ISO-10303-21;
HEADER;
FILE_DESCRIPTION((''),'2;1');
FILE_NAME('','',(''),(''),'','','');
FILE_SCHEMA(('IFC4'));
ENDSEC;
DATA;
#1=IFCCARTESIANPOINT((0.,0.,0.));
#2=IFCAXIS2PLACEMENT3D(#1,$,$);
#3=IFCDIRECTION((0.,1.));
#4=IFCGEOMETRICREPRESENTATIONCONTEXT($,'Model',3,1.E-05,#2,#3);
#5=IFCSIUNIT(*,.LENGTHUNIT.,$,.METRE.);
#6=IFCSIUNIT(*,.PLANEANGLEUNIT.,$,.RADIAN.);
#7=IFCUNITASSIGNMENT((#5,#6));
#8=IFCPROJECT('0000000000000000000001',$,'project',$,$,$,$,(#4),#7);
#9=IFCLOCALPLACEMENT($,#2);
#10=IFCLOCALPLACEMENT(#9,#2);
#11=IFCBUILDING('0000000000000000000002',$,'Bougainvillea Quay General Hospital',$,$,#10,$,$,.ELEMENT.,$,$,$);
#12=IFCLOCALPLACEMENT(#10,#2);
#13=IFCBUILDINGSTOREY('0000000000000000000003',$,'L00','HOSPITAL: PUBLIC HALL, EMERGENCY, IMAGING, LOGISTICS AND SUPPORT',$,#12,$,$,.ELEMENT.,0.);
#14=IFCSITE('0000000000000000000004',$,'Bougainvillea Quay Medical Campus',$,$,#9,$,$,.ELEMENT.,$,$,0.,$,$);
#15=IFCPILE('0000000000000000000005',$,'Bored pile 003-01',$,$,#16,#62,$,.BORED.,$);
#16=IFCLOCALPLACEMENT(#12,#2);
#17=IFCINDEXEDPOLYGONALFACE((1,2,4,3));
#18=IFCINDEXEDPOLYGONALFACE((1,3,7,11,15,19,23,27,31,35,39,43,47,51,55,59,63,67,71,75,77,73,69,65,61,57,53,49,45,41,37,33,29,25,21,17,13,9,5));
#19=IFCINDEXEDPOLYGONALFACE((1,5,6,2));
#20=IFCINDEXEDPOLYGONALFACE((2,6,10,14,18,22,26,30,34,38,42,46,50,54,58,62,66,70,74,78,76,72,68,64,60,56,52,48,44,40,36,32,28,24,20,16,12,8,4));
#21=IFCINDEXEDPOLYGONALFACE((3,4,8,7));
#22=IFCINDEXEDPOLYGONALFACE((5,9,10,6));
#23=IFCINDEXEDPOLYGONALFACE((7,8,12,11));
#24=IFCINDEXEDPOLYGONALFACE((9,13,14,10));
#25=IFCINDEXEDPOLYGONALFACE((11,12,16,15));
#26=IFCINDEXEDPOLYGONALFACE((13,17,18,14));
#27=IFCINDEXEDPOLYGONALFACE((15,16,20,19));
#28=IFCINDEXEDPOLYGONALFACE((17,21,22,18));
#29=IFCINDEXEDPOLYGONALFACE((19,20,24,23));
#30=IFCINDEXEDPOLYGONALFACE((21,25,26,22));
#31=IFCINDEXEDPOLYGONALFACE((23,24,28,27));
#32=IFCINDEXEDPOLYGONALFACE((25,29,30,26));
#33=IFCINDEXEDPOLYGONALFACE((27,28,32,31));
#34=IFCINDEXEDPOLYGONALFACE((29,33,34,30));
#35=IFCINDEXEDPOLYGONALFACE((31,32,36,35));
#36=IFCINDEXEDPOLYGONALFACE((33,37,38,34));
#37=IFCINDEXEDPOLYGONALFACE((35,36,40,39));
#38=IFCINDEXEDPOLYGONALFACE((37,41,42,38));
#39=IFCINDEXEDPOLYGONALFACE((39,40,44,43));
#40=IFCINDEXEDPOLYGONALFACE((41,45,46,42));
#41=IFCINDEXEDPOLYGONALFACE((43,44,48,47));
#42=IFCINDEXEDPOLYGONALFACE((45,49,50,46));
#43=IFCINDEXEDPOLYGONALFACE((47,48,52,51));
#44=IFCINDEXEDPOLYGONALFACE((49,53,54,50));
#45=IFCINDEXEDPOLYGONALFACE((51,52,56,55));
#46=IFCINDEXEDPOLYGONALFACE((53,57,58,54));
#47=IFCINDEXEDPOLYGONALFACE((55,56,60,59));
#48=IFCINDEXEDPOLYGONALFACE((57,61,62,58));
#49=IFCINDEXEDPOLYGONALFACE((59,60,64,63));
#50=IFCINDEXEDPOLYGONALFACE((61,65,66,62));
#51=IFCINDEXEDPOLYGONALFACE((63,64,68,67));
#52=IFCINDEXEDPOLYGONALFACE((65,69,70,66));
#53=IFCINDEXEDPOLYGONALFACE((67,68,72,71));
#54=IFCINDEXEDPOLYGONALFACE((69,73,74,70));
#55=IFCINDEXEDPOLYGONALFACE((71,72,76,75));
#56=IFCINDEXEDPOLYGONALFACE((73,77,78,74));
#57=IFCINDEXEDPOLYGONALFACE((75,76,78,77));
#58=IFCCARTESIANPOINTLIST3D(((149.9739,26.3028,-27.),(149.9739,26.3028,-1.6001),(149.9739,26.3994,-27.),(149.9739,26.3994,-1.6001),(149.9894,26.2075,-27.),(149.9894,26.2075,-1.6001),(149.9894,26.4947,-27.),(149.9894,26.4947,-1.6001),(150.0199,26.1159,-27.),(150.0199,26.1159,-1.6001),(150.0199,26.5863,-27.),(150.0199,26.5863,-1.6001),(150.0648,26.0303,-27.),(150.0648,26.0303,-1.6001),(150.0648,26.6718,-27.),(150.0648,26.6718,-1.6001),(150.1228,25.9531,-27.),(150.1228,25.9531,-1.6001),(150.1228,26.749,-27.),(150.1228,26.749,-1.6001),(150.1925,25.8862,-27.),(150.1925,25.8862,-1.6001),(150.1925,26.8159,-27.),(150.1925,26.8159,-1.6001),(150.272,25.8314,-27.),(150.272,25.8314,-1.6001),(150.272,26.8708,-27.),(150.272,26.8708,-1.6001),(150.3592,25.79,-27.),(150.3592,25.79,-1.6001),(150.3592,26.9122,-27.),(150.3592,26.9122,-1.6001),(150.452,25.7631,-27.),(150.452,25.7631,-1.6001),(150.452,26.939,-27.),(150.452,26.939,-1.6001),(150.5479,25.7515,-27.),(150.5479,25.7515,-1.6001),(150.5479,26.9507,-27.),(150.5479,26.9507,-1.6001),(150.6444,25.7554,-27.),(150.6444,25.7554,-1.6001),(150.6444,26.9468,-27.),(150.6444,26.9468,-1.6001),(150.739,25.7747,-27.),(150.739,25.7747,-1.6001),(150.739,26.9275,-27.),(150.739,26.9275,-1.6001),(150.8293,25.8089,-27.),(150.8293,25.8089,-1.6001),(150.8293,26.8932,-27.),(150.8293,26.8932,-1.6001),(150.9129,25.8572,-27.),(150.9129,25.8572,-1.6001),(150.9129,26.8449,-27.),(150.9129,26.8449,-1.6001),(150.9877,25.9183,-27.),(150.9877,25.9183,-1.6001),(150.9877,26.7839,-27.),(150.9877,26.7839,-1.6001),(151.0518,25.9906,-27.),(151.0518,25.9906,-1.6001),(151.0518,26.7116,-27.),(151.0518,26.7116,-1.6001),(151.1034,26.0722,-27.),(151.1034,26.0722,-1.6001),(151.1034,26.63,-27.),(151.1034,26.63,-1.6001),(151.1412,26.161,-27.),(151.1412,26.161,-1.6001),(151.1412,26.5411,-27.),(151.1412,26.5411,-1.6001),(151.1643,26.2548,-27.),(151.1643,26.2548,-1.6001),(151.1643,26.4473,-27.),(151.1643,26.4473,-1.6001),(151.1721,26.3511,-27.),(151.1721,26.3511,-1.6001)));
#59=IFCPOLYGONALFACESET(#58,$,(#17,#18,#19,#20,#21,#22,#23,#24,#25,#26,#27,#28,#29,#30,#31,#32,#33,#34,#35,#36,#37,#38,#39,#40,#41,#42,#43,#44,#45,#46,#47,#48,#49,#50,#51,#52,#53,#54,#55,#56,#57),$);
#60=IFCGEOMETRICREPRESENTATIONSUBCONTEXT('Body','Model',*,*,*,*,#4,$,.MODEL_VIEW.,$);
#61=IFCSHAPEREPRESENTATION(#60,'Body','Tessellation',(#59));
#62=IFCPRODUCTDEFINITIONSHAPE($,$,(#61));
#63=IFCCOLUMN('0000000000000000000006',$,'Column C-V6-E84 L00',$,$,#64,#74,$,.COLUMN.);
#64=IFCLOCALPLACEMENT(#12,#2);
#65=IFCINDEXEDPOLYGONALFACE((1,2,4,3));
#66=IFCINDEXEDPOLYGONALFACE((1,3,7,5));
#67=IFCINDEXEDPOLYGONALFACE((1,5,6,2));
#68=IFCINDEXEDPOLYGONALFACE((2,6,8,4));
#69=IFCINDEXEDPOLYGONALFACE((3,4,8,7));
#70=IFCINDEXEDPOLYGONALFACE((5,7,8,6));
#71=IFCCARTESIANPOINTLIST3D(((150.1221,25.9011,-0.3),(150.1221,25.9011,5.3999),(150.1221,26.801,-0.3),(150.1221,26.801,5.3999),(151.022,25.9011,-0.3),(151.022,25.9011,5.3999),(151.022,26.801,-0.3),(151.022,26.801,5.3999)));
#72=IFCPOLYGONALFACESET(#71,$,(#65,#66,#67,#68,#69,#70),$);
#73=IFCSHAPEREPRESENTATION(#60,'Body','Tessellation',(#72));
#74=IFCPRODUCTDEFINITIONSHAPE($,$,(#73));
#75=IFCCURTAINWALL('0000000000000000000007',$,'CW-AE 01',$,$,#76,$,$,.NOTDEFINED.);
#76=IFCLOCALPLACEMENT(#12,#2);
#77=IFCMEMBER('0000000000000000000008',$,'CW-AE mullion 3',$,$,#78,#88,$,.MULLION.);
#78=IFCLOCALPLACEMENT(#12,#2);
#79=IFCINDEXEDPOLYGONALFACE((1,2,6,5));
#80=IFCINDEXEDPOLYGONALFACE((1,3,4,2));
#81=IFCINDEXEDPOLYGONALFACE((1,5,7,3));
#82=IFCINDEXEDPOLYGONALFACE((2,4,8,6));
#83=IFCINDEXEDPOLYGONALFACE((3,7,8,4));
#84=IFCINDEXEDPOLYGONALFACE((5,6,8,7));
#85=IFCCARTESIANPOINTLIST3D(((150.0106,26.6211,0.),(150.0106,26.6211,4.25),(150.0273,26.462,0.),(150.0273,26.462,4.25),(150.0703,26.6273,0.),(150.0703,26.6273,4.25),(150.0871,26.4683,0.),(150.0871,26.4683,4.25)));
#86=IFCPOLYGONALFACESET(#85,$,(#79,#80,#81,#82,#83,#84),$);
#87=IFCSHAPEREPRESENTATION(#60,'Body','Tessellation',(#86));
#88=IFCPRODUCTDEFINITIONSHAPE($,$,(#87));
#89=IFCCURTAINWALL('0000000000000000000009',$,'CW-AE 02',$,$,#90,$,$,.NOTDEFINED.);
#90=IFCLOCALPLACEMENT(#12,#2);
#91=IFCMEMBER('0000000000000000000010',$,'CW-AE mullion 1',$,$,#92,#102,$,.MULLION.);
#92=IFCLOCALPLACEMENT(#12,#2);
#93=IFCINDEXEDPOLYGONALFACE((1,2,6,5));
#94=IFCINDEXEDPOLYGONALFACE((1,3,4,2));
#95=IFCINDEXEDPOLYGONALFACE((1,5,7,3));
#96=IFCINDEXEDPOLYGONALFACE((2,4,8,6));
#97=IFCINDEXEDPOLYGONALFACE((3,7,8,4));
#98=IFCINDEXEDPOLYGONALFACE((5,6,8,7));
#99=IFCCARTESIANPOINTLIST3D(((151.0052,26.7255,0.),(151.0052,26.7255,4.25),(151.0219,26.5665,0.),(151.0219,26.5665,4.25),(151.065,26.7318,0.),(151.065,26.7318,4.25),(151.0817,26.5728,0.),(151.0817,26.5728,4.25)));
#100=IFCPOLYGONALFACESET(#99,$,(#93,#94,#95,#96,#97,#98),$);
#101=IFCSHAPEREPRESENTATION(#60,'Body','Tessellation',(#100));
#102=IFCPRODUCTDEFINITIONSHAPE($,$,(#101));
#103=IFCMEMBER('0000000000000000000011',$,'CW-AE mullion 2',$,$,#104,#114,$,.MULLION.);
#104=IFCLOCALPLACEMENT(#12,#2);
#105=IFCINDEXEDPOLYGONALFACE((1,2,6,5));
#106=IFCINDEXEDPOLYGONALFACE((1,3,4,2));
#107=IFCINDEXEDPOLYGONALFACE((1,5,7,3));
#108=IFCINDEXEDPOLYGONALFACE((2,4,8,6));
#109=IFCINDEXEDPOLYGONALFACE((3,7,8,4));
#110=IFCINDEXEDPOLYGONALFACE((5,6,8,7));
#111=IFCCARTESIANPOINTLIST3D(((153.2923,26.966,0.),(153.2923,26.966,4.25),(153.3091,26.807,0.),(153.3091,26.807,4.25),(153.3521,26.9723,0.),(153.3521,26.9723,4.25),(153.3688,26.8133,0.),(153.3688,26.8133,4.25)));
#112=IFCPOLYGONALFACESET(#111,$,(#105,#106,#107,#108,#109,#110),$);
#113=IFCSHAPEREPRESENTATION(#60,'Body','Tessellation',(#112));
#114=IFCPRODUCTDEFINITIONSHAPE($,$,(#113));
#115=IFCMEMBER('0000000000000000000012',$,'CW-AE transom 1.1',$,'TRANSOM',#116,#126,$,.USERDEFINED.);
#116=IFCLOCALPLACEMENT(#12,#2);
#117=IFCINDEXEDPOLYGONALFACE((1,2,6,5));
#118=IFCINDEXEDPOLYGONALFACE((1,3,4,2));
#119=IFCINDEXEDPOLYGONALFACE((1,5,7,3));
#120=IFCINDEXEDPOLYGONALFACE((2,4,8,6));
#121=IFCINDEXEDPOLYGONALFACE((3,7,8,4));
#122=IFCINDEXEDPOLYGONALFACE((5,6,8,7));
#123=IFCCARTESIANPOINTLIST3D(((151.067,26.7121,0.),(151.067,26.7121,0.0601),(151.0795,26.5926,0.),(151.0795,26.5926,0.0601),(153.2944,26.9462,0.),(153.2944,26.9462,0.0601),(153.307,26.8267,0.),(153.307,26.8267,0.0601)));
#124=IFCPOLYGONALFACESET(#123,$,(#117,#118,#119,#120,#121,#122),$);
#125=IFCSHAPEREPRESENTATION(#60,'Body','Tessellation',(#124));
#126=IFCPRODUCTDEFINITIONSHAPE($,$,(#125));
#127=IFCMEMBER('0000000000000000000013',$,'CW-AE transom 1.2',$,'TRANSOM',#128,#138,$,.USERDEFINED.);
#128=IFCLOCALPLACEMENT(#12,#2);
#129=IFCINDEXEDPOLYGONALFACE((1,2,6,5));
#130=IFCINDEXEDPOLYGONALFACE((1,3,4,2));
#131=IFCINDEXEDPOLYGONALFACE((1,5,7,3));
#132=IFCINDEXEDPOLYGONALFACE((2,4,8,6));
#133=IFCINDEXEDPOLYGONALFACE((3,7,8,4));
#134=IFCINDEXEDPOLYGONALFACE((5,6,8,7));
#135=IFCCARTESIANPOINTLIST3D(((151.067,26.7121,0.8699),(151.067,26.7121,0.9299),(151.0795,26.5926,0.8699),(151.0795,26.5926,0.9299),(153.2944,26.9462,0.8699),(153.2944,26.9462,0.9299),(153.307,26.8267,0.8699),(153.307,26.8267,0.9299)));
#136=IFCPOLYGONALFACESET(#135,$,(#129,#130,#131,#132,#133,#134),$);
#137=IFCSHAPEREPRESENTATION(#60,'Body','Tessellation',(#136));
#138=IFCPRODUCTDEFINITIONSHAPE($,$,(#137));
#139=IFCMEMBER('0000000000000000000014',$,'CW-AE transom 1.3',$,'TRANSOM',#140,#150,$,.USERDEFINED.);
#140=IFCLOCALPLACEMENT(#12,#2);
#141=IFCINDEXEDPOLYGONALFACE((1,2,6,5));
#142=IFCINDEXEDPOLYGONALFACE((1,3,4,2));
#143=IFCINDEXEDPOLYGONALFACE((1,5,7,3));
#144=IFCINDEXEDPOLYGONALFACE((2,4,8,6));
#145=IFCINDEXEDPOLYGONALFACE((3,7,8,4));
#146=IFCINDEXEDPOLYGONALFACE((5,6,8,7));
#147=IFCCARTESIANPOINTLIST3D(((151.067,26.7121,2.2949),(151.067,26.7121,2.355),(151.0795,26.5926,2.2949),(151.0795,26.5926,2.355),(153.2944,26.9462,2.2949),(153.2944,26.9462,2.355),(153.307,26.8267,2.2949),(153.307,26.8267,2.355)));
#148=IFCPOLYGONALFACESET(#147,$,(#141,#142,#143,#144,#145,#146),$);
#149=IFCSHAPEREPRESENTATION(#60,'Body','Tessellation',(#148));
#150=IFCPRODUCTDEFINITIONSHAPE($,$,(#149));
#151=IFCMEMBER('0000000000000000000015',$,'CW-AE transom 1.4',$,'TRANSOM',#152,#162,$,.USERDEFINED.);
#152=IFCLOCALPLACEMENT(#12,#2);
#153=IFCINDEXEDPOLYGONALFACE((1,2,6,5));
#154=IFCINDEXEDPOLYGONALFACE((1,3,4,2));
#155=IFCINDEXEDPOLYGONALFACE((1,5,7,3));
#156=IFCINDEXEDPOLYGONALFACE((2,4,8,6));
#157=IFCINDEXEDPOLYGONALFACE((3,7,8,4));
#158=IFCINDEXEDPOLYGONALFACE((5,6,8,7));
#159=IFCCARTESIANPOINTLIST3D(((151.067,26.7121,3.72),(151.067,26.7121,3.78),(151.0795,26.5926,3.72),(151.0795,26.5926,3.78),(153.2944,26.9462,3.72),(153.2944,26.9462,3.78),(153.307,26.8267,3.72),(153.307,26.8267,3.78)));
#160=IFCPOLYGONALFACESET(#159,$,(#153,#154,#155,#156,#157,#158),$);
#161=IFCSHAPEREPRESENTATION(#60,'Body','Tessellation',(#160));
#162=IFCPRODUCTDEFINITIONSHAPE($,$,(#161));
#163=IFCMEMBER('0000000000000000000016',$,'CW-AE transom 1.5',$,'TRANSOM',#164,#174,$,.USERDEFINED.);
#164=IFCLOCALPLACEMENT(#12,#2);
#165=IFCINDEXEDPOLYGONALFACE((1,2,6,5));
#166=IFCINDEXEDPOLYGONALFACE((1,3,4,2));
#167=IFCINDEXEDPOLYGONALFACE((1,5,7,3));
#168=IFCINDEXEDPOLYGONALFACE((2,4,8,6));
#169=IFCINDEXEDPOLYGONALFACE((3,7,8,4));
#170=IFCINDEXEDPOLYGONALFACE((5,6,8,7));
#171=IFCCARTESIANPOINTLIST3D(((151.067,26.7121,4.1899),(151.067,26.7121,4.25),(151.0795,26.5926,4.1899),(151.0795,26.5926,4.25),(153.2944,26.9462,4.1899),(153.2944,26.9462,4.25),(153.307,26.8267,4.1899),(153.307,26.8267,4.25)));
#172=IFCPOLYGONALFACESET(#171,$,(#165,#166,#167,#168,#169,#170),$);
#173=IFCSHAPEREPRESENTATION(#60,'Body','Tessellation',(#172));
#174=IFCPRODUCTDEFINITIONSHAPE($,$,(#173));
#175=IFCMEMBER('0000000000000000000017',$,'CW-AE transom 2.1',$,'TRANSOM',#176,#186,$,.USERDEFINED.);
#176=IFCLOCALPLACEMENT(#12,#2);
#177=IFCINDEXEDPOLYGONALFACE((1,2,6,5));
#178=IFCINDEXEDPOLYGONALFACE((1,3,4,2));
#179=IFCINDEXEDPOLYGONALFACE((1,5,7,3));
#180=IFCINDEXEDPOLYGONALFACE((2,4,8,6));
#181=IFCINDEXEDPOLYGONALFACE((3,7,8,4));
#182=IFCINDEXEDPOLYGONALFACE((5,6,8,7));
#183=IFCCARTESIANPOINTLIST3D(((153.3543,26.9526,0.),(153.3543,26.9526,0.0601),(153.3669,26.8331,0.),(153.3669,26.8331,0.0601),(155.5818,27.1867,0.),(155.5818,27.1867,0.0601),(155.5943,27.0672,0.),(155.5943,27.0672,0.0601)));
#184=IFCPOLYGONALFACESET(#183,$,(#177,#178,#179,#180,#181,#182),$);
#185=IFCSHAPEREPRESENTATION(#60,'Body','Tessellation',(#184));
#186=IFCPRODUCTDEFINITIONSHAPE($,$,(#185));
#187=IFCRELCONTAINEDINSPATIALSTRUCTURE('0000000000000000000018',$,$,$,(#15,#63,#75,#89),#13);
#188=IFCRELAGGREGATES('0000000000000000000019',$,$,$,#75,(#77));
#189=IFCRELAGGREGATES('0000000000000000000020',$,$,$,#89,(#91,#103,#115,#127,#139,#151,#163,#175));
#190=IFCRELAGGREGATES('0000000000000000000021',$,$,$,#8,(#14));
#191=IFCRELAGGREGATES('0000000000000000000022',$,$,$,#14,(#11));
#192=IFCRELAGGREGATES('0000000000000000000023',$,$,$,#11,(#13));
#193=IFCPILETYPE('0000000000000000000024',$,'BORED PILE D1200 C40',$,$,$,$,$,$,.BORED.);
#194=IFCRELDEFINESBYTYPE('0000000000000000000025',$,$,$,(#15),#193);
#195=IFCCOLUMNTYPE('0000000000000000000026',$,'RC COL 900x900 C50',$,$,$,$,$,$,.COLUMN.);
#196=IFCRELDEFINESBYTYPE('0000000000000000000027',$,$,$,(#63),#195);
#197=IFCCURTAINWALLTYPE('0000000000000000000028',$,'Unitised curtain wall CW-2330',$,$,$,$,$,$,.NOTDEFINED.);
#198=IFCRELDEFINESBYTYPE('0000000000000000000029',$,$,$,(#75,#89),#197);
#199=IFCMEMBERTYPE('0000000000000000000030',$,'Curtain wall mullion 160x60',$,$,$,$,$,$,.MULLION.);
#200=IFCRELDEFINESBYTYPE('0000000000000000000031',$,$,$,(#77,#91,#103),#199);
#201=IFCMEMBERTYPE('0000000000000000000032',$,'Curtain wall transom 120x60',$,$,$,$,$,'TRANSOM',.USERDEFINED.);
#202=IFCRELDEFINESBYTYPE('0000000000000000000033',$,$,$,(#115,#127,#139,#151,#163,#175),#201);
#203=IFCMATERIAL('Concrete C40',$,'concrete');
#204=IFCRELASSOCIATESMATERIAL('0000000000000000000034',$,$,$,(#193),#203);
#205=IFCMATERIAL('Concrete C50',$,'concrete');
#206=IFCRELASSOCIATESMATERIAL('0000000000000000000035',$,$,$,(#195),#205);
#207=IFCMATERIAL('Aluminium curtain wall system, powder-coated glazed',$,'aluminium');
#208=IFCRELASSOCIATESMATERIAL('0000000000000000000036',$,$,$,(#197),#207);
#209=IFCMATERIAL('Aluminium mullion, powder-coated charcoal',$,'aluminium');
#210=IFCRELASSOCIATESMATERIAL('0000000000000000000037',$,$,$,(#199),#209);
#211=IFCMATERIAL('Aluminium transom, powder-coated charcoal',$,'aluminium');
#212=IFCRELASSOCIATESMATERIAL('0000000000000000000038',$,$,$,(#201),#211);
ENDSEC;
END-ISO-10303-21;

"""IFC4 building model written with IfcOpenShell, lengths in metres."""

from ifc_helpers import new_model, si_unit, direction, frame, origin, origin_2d, place, context, subcontext, project, spatial, rectangle, circle, extrude, material, material_profile, profile_set, type_object, element, aggregate, save


model = new_model("IFC4")

# Units and contexts
model_context = context("Model", 3, precision=1e-05, world=origin(), true_north=direction((0.0, 1.0)))
body_context = subcontext(model_context, "Body", "Model", "MODEL_VIEW")
ifc_project = project(units=[si_unit("LENGTHUNIT", "METRE"), si_unit("PLANEANGLEUNIT", "RADIAN")], contexts=[model_context])

# Site, building, storey
site_placement = place(None, origin())
site = spatial("IfcSite", under=ifc_project, at=site_placement, Name="Bougainvillea Quay Medical Campus", CompositionType="ELEMENT", RefElevation=0.0)
building_placement = place(site_placement, origin())
building = spatial("IfcBuilding", under=site, at=building_placement, Name="Bougainvillea Quay General Hospital", CompositionType="ELEMENT")
storey_placement = place(building_placement, origin())
storey = spatial("IfcBuildingStorey", under=building, at=storey_placement, Name="L00", Description="HOSPITAL: PUBLIC HALL, EMERGENCY, IMAGING, LOGISTICS AND SUPPORT", CompositionType="ELEMENT", Elevation=0.0)

# Pile
ifc_material_1 = material(Name="Concrete C40", Category="concrete")
ifc_material_profile_1 = material_profile(ifc_material_1, circle(Radius=0.6001, at=origin_2d()))
ifc_profile_set_1 = profile_set([ifc_material_profile_1], Name="Concrete C40")
pile_type = type_object("IfcPileType", Name="BORED PILE D1200 C40", PredefinedType="BORED", material=ifc_profile_set_1)
pile_placement = place(storey_placement, frame((150.572, 26.3511, -1.6001), z_axis=(0.0, 0.0, -1.0), x_axis=(1.0, 0.0, 0.0)))
element("IfcPile", 1, at=pile_placement, inside=storey, type_object=pile_type, Name="Bored pile 003-01", PredefinedType="BORED", context=body_context, shape_type="SweptSolid", body=[
    extrude(circle(Radius=0.6001, at=origin_2d()), origin(), (0.0, 0.0, 1.0), 25.3999),
])

# Column
ifc_material_2 = material(Name="Concrete C50", Category="concrete")
ifc_material_profile_2 = material_profile(ifc_material_2, rectangle(XDim=0.8999, YDim=0.8999, at=origin_2d()))
ifc_profile_set_2 = profile_set([ifc_material_profile_2], Name="Concrete C50")
column_type = type_object("IfcColumnType", Name="RC COL 900x900 C50", PredefinedType="COLUMN", material=ifc_profile_set_2)
column_placement = place(storey_placement, frame((150.572, 26.3511, -0.3), z_axis=(0.0, 0.0, 1.0), x_axis=(1.0, 0.0, 0.0)))
element("IfcColumn", 2, at=column_placement, inside=storey, type_object=column_type, Name="Column C-V6-E84 L00", PredefinedType="COLUMN", context=body_context, shape_type="SweptSolid", body=[
    extrude(rectangle(XDim=0.8999, YDim=0.8999, at=origin_2d()), origin(), (0.0, 0.0, 1.0), 5.7),
])

# Curtain wall, member
ifc_material_3 = material(Name="Aluminium curtain wall system, powder-coated glazed", Category="aluminium")
curtain_wall_type = type_object("IfcCurtainWallType", Name="Unitised curtain wall CW-2330", PredefinedType="NOTDEFINED", material=ifc_material_3)
curtain_wall_1_placement = place(storey_placement, origin())
curtain_wall_1 = element("IfcCurtainWall", 3, at=curtain_wall_1_placement, inside=storey, type_object=curtain_wall_type, Name="CW-AE 01", PredefinedType="NOTDEFINED")
ifc_material_4 = material(Name="Aluminium mullion, powder-coated charcoal", Category="aluminium")
ifc_material_profile_3 = material_profile(ifc_material_4, rectangle(XDim=0.1599, YDim=0.0601, at=origin_2d()))
ifc_profile_set_3 = profile_set([ifc_material_profile_3], Name="Aluminium mullion, powder-coated charcoal")
member_type_1 = type_object("IfcMemberType", Name="Curtain wall mullion 160x60", PredefinedType="MULLION", material=ifc_profile_set_3)
member_1_placement = place(storey_placement, frame((150.0488, 26.5447, 0.0), z_axis=(0.0, 0.0, 1.0), x_axis=(-0.104527, 0.994522, 0.0)))
member_1 = element("IfcMember", 4, at=member_1_placement, type_object=member_type_1, Name="CW-AE mullion 3", PredefinedType="MULLION", context=body_context, shape_type="SweptSolid", body=[
    extrude(rectangle(XDim=0.1599, YDim=0.0601, at=origin_2d()), origin(), (0.0, 0.0, 1.0), 4.25),
])
aggregate(curtain_wall_1, [member_1])

# Curtain wall, members
curtain_wall_2_placement = place(storey_placement, origin())
curtain_wall_2 = element("IfcCurtainWall", 5, at=curtain_wall_2_placement, inside=storey, type_object=curtain_wall_type, Name="CW-AE 02", PredefinedType="NOTDEFINED")
member_2_placement = place(storey_placement, frame((151.0435, 26.6492, 0.0), z_axis=(0.0, 0.0, 1.0), x_axis=(-0.104527, 0.994522, 0.0)))
member_2 = element("IfcMember", 6, at=member_2_placement, type_object=member_type_1, Name="CW-AE mullion 1", PredefinedType="MULLION", context=body_context, shape_type="SweptSolid", body=[
    extrude(rectangle(XDim=0.1599, YDim=0.0601, at=origin_2d()), origin(), (0.0, 0.0, 1.0), 4.25),
])
member_3_placement = place(storey_placement, frame((153.3306, 26.8896, 0.0), z_axis=(0.0, 0.0, 1.0), x_axis=(-0.104527, 0.994522, 0.0)))
member_3 = element("IfcMember", 7, at=member_3_placement, type_object=member_type_1, Name="CW-AE mullion 2", PredefinedType="MULLION", context=body_context, shape_type="SweptSolid", body=[
    extrude(rectangle(XDim=0.1599, YDim=0.0601, at=origin_2d()), origin(), (0.0, 0.0, 1.0), 4.25),
])
ifc_material_5 = material(Name="Aluminium transom, powder-coated charcoal", Category="aluminium")
ifc_material_profile_4 = material_profile(ifc_material_5, rectangle(XDim=0.1201, YDim=0.0601, at=origin_2d()))
ifc_profile_set_4 = profile_set([ifc_material_profile_4], Name="Aluminium transom, powder-coated charcoal")
member_type_2 = type_object("IfcMemberType", Name="Curtain wall transom 120x60", ElementType="TRANSOM", PredefinedType="USERDEFINED", material=ifc_profile_set_4)
member_4_placement = place(storey_placement, frame((151.0732, 26.6523, 0.03), z_axis=(0.994522, 0.104532, 0.0), x_axis=(-0.104532, 0.994522, 0.0)))
member_4 = element("IfcMember", 8, at=member_4_placement, type_object=member_type_2, Name="CW-AE transom 1.1", ObjectType="TRANSOM", PredefinedType="USERDEFINED", context=body_context, shape_type="SweptSolid", body=[
    extrude(rectangle(XDim=0.1201, YDim=0.0601, at=origin_2d()), origin(), (0.0, 0.0, 1.0), 2.2397),
])
member_5_placement = place(storey_placement, frame((151.0732, 26.6523, 0.8999), z_axis=(0.994522, 0.104532, 0.0), x_axis=(-0.104532, 0.994522, 0.0)))
member_5 = element("IfcMember", 9, at=member_5_placement, type_object=member_type_2, Name="CW-AE transom 1.2", ObjectType="TRANSOM", PredefinedType="USERDEFINED", context=body_context, shape_type="SweptSolid", body=[
    extrude(rectangle(XDim=0.1201, YDim=0.0601, at=origin_2d()), origin(), (0.0, 0.0, 1.0), 2.2397),
])
member_6_placement = place(storey_placement, frame((151.0732, 26.6523, 2.325), z_axis=(0.994522, 0.104532, 0.0), x_axis=(-0.104532, 0.994522, 0.0)))
member_6 = element("IfcMember", 10, at=member_6_placement, type_object=member_type_2, Name="CW-AE transom 1.3", ObjectType="TRANSOM", PredefinedType="USERDEFINED", context=body_context, shape_type="SweptSolid", body=[
    extrude(rectangle(XDim=0.1201, YDim=0.0601, at=origin_2d()), origin(), (0.0, 0.0, 1.0), 2.2397),
])
member_7_placement = place(storey_placement, frame((151.0732, 26.6523, 3.75), z_axis=(0.994522, 0.104532, 0.0), x_axis=(-0.104532, 0.994522, 0.0)))
member_7 = element("IfcMember", 11, at=member_7_placement, type_object=member_type_2, Name="CW-AE transom 1.4", ObjectType="TRANSOM", PredefinedType="USERDEFINED", context=body_context, shape_type="SweptSolid", body=[
    extrude(rectangle(XDim=0.1201, YDim=0.0601, at=origin_2d()), origin(), (0.0, 0.0, 1.0), 2.2397),
])
member_8_placement = place(storey_placement, frame((151.0732, 26.6523, 4.22), z_axis=(0.994522, 0.104532, 0.0), x_axis=(-0.104532, 0.994522, 0.0)))
member_8 = element("IfcMember", 12, at=member_8_placement, type_object=member_type_2, Name="CW-AE transom 1.5", ObjectType="TRANSOM", PredefinedType="USERDEFINED", context=body_context, shape_type="SweptSolid", body=[
    extrude(rectangle(XDim=0.1201, YDim=0.0601, at=origin_2d()), origin(), (0.0, 0.0, 1.0), 2.2397),
])
member_9_placement = place(storey_placement, frame((153.3606, 26.8928, 0.03), z_axis=(0.994522, 0.104532, 0.0), x_axis=(-0.104532, 0.994522, 0.0)))
member_9 = element("IfcMember", 13, at=member_9_placement, type_object=member_type_2, Name="CW-AE transom 2.1", ObjectType="TRANSOM", PredefinedType="USERDEFINED", context=body_context, shape_type="SweptSolid", body=[
    extrude(rectangle(XDim=0.1201, YDim=0.0601, at=origin_2d()), origin(), (0.0, 0.0, 1.0), 2.2397),
])
aggregate(curtain_wall_2, [member_2, member_3, member_4, member_5, member_6, member_7, member_8, member_9])

save(model, "model.ifc")
